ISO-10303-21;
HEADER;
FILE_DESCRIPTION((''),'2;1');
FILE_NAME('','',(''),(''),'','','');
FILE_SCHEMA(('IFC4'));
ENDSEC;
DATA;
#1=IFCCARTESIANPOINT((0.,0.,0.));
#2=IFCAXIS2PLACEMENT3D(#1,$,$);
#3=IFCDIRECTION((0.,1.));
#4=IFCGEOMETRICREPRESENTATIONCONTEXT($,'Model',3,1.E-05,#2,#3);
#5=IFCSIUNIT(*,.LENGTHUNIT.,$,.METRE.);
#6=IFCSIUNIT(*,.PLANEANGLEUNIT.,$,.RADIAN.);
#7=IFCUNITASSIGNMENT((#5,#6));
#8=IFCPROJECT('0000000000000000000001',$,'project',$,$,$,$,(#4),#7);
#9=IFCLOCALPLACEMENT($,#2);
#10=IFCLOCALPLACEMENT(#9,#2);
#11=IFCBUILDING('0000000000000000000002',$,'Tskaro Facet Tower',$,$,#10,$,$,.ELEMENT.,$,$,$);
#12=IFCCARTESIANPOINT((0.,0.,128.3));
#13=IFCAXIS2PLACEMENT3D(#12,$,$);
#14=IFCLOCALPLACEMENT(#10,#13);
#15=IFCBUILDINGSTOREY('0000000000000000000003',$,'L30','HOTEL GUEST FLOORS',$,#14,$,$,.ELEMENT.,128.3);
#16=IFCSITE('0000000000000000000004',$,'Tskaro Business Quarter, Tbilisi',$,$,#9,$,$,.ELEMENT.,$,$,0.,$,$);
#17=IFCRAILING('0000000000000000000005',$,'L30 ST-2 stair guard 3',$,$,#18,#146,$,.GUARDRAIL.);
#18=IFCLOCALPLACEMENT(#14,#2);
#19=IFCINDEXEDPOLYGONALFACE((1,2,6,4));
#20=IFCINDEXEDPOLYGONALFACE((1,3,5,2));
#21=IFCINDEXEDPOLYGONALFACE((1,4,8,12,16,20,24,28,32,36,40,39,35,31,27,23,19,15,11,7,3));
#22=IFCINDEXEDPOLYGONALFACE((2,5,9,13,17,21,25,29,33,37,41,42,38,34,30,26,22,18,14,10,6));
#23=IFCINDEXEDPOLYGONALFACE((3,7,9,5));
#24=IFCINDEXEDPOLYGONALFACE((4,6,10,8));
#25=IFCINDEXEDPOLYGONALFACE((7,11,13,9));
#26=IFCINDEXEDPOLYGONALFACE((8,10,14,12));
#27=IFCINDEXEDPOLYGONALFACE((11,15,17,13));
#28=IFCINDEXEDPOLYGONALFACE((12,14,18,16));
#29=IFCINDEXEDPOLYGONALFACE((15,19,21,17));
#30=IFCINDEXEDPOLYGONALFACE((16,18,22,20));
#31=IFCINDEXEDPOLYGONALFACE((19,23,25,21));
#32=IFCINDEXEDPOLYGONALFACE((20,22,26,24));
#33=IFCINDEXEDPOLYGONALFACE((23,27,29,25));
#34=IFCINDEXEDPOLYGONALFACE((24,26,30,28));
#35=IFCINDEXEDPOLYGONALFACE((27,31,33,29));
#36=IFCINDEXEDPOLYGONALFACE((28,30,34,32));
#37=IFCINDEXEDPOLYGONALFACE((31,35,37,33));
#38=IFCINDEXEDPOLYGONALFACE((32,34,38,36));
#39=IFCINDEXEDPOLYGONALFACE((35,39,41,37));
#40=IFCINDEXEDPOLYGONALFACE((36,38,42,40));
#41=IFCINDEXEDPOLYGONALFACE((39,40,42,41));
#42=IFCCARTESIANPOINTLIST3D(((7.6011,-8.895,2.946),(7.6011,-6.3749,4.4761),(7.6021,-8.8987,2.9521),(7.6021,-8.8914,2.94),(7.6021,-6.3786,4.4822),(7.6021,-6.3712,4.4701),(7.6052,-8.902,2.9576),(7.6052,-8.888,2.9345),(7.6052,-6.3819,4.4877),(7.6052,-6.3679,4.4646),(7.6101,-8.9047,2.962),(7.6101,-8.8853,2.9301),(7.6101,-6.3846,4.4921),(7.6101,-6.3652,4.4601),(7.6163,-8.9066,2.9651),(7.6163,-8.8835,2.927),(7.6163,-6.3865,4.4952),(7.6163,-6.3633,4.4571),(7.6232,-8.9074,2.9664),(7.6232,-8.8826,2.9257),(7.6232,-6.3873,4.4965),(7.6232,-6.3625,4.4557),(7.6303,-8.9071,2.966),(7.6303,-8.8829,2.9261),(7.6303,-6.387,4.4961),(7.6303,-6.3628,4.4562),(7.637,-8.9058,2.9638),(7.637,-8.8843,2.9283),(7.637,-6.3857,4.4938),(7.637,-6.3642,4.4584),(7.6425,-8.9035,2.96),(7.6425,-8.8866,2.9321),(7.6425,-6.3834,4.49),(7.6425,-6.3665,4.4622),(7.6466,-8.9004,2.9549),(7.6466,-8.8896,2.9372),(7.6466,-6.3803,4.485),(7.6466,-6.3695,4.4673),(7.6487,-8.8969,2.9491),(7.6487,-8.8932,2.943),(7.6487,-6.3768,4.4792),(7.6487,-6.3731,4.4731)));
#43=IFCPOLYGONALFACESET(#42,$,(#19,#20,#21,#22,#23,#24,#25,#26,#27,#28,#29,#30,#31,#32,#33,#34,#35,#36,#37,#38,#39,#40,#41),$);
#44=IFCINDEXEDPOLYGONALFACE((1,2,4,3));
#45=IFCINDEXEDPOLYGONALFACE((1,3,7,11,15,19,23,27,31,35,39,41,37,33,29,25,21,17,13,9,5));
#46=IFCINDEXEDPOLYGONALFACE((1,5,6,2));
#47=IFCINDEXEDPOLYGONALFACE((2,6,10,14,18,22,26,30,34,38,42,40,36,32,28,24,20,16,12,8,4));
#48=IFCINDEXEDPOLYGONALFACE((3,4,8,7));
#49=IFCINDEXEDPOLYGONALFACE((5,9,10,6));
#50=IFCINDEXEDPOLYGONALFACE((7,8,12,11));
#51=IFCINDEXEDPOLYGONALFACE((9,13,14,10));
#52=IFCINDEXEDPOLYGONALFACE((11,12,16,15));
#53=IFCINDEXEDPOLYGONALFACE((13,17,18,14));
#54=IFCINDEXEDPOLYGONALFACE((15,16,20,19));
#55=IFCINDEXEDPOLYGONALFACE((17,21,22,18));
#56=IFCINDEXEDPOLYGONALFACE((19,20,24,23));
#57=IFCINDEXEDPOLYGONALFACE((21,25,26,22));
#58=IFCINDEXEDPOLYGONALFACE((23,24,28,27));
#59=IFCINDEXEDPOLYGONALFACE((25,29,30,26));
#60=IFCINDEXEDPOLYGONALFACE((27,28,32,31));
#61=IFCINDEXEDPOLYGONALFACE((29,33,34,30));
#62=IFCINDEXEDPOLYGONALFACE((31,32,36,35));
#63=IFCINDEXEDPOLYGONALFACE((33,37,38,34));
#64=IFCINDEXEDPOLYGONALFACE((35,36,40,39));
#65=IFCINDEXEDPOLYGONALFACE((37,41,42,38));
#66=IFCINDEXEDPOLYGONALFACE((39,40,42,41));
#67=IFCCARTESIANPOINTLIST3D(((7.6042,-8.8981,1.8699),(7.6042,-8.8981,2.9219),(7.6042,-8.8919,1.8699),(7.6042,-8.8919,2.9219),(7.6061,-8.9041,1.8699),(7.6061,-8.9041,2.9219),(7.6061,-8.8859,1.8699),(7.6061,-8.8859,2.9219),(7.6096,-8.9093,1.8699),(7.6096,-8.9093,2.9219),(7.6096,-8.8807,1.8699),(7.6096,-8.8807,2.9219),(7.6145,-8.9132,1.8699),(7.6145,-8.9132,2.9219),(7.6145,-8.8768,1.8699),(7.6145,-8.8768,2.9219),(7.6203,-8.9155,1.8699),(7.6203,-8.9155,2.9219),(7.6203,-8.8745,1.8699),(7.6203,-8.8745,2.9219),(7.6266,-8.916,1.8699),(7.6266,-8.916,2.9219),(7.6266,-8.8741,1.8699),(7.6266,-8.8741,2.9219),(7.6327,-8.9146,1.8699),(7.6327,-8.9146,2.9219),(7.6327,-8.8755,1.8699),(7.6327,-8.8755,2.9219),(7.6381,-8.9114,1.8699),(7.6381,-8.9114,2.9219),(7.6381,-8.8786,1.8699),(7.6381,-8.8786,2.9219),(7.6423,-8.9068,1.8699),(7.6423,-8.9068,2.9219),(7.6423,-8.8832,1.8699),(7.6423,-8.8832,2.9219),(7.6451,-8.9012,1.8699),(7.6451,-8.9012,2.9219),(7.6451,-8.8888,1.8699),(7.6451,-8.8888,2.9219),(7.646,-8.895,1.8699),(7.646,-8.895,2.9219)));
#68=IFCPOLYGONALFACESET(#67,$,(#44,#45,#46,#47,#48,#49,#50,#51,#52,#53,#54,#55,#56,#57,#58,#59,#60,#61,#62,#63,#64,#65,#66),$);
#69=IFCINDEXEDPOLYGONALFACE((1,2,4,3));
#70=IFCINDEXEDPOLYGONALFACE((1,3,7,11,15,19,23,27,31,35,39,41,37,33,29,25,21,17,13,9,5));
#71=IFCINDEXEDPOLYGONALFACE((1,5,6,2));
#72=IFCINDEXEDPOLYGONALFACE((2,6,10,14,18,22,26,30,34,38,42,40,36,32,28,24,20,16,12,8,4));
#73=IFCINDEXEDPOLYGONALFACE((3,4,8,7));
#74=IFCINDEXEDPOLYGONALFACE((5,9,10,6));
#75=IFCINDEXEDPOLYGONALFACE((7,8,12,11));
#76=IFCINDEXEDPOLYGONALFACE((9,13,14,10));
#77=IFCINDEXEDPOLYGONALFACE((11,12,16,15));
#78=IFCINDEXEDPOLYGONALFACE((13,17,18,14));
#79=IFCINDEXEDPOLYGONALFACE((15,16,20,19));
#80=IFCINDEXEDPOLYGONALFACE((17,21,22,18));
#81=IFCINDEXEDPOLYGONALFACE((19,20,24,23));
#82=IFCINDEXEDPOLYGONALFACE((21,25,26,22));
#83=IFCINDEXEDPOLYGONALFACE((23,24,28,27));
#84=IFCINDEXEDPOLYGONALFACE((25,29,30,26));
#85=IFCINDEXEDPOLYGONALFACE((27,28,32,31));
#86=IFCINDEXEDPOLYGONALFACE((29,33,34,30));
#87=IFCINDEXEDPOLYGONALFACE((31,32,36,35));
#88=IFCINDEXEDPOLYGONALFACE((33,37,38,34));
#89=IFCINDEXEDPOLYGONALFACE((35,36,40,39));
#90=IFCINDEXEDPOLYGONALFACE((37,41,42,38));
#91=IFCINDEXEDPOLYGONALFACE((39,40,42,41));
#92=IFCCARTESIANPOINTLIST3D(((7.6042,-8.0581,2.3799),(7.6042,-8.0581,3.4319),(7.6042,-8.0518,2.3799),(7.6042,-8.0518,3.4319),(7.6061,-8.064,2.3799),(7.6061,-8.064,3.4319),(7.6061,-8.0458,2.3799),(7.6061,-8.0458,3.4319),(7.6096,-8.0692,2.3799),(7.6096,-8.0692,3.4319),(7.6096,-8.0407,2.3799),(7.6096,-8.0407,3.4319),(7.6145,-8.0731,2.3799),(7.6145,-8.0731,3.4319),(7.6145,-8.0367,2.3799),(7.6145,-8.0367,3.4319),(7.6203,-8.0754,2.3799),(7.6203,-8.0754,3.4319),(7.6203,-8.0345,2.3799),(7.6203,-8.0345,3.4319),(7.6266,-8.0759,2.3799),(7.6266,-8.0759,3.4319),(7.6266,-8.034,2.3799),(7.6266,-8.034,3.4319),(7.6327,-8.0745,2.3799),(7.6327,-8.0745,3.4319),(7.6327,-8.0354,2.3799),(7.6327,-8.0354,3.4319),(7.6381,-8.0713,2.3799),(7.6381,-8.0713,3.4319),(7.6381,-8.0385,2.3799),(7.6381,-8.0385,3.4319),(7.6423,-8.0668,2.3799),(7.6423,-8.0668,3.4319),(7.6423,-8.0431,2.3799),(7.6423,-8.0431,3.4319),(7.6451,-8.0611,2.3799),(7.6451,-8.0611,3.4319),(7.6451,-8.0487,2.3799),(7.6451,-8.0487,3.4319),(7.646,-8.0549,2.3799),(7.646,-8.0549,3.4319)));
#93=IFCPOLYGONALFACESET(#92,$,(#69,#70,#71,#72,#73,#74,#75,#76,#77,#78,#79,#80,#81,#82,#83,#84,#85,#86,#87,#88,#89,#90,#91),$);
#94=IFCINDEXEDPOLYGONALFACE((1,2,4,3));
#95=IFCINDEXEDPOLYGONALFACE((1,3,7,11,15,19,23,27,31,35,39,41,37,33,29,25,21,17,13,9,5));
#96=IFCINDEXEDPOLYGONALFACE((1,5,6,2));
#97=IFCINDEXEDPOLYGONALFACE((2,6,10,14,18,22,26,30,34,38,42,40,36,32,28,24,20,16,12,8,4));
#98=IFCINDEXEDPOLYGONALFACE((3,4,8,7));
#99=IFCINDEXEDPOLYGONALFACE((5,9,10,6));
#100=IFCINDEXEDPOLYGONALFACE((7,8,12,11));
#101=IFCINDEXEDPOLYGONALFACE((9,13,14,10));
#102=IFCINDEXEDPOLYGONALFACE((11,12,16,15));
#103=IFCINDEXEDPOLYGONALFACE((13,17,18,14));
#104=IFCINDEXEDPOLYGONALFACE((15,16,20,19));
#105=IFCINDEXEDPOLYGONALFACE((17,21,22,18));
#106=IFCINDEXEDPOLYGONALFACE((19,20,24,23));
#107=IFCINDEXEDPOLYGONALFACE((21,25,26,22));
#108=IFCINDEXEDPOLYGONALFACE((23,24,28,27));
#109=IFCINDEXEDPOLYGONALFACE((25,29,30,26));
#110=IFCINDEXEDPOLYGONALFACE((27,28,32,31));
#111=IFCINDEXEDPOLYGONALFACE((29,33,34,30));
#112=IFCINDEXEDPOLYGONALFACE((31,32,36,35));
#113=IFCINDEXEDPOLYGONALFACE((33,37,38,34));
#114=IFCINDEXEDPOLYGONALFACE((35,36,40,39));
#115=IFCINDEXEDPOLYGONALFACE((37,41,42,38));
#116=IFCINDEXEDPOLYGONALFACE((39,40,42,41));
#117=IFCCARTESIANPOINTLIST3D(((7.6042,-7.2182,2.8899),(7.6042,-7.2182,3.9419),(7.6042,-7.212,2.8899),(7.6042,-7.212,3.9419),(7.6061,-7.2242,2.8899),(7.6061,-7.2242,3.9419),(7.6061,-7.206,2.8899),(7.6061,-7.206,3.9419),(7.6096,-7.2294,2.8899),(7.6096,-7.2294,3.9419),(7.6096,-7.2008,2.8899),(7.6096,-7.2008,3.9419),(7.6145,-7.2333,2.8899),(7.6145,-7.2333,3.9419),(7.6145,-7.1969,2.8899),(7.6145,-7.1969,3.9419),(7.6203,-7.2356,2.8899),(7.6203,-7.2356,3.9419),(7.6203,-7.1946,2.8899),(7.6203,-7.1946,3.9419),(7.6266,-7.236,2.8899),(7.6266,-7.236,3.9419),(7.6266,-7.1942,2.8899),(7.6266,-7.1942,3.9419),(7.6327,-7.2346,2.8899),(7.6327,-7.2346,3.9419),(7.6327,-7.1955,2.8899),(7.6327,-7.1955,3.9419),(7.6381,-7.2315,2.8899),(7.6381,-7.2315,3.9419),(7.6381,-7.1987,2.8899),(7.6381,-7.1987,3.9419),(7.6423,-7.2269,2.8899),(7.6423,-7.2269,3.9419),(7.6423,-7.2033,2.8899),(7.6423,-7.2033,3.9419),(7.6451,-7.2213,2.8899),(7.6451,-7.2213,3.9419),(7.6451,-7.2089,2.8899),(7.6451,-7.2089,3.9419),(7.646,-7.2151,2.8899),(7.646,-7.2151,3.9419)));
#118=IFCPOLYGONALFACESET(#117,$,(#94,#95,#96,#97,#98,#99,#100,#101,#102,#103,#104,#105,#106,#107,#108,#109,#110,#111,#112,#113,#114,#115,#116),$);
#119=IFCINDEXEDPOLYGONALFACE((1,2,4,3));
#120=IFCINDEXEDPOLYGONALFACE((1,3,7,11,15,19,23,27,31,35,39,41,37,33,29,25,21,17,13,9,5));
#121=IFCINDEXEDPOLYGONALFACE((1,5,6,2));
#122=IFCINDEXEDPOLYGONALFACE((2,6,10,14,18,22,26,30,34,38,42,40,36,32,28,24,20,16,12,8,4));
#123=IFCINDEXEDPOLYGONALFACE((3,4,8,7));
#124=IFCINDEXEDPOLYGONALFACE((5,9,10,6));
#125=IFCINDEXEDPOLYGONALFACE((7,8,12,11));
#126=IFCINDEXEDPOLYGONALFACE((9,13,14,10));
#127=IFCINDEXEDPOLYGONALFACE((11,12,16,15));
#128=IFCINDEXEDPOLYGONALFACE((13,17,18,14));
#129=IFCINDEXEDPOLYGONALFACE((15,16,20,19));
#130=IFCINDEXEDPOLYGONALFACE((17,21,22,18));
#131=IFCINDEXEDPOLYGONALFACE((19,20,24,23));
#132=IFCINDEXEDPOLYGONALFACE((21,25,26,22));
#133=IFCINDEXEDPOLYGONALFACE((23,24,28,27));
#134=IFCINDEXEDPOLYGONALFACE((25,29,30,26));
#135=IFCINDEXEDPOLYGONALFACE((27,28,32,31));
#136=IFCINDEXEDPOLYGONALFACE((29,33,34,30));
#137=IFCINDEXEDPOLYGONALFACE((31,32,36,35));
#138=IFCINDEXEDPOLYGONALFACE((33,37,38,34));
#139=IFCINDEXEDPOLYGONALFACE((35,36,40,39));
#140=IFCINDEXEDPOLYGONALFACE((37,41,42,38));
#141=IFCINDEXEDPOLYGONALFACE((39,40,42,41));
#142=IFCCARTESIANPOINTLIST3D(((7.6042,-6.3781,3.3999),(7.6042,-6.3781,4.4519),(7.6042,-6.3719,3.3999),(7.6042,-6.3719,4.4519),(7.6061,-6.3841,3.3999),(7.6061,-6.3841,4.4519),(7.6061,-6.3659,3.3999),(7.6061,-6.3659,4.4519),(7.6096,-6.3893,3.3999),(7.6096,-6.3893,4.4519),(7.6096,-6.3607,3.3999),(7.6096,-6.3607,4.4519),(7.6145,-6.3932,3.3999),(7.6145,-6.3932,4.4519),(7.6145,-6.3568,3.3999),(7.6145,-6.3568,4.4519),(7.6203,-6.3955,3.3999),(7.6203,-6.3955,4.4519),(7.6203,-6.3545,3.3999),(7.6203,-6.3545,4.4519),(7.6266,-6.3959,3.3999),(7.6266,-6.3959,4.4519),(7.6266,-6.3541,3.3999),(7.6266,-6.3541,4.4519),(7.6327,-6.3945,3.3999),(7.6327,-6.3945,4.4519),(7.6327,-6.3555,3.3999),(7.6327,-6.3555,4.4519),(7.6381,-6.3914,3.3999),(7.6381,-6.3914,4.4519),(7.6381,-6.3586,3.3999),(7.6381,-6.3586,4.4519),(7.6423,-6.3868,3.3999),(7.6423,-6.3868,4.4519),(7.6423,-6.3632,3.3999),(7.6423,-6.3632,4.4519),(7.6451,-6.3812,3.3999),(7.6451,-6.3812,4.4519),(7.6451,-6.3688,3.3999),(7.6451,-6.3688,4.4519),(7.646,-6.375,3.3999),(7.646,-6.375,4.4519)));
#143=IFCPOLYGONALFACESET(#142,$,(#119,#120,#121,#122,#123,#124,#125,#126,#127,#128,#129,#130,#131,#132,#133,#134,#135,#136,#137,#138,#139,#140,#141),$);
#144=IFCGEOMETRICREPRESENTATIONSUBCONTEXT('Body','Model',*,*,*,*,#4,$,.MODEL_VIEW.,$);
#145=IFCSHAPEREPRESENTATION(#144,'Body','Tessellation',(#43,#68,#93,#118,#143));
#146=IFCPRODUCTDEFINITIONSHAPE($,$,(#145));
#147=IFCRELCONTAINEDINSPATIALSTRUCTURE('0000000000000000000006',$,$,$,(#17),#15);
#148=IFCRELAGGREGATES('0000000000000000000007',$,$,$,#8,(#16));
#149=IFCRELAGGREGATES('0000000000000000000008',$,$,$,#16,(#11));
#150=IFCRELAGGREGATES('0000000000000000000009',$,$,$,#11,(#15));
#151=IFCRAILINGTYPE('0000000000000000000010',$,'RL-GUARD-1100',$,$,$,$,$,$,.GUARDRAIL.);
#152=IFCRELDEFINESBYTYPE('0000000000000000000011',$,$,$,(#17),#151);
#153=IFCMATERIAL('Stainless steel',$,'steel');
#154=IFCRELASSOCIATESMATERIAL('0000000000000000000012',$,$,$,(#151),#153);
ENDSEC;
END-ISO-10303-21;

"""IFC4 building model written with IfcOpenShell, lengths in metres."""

from ifc_helpers import new_model, si_unit, direction, frame, origin, origin_2d, place, context, subcontext, project, spatial, circle, extrude, material, type_object, element, save


model = new_model("IFC4")

# Units and contexts
model_context = context("Model", 3, precision=1e-05, world=origin(), true_north=direction((0.0, 1.0)))
body_context = subcontext(model_context, "Body", "Model", "MODEL_VIEW")
ifc_project = project(units=[si_unit("LENGTHUNIT", "METRE"), si_unit("PLANEANGLEUNIT", "RADIAN")], contexts=[model_context])

# Site, building, storey
site_placement = place(None, origin())
site = spatial("IfcSite", under=ifc_project, at=site_placement, Name="Tskaro Business Quarter, Tbilisi", CompositionType="ELEMENT", RefElevation=0.0)
building_placement = place(site_placement, origin())
building = spatial("IfcBuilding", under=site, at=building_placement, Name="Tskaro Facet Tower", CompositionType="ELEMENT")
storey_placement = place(building_placement, frame((0.0, 0.0, 128.3)))
storey = spatial("IfcBuildingStorey", under=building, at=storey_placement, Name="L30", Description="HOTEL GUEST FLOORS", CompositionType="ELEMENT", Elevation=128.3)

# Railing
ifc_material_1 = material(Name="Stainless steel", Category="steel")
railing_type_1 = type_object("IfcRailingType", Name="RL-GUARD-1100", PredefinedType="GUARDRAIL", material=ifc_material_1)
railing_1_placement = place(storey_placement, frame((7.625, -8.895, 1.8699)))
element("IfcRailing", 1, at=railing_1_placement, inside=storey, type_object=railing_type_1, Name="L30 ST-2 stair guard 3", PredefinedType="GUARDRAIL", context=body_context, shape_type="SweptSolid", body=[
    extrude(circle(Radius=0.0239, at=origin_2d()), frame((0.0, 0.0, 1.0762), z_axis=(0.0, 0.854785, 0.518982), x_axis=(-1.0, 0.0, 0.0)), (0.0, 0.0, 1.0), 2.9482),
    extrude(circle(Radius=0.021, at=origin_2d()), origin(), (0.0, 0.0, 1.0), 1.052),
    extrude(circle(Radius=0.021, at=origin_2d()), frame((0.0, 0.8401, 0.51)), (0.0, 0.0, 1.0), 1.052),
    extrude(circle(Radius=0.021, at=origin_2d()), frame((0.0, 1.6799, 1.02)), (0.0, 0.0, 1.0), 1.052),
    extrude(circle(Radius=0.021, at=origin_2d()), frame((0.0, 2.52, 1.53)), (0.0, 0.0, 1.0), 1.052),
])

save(model, "model.ifc")
